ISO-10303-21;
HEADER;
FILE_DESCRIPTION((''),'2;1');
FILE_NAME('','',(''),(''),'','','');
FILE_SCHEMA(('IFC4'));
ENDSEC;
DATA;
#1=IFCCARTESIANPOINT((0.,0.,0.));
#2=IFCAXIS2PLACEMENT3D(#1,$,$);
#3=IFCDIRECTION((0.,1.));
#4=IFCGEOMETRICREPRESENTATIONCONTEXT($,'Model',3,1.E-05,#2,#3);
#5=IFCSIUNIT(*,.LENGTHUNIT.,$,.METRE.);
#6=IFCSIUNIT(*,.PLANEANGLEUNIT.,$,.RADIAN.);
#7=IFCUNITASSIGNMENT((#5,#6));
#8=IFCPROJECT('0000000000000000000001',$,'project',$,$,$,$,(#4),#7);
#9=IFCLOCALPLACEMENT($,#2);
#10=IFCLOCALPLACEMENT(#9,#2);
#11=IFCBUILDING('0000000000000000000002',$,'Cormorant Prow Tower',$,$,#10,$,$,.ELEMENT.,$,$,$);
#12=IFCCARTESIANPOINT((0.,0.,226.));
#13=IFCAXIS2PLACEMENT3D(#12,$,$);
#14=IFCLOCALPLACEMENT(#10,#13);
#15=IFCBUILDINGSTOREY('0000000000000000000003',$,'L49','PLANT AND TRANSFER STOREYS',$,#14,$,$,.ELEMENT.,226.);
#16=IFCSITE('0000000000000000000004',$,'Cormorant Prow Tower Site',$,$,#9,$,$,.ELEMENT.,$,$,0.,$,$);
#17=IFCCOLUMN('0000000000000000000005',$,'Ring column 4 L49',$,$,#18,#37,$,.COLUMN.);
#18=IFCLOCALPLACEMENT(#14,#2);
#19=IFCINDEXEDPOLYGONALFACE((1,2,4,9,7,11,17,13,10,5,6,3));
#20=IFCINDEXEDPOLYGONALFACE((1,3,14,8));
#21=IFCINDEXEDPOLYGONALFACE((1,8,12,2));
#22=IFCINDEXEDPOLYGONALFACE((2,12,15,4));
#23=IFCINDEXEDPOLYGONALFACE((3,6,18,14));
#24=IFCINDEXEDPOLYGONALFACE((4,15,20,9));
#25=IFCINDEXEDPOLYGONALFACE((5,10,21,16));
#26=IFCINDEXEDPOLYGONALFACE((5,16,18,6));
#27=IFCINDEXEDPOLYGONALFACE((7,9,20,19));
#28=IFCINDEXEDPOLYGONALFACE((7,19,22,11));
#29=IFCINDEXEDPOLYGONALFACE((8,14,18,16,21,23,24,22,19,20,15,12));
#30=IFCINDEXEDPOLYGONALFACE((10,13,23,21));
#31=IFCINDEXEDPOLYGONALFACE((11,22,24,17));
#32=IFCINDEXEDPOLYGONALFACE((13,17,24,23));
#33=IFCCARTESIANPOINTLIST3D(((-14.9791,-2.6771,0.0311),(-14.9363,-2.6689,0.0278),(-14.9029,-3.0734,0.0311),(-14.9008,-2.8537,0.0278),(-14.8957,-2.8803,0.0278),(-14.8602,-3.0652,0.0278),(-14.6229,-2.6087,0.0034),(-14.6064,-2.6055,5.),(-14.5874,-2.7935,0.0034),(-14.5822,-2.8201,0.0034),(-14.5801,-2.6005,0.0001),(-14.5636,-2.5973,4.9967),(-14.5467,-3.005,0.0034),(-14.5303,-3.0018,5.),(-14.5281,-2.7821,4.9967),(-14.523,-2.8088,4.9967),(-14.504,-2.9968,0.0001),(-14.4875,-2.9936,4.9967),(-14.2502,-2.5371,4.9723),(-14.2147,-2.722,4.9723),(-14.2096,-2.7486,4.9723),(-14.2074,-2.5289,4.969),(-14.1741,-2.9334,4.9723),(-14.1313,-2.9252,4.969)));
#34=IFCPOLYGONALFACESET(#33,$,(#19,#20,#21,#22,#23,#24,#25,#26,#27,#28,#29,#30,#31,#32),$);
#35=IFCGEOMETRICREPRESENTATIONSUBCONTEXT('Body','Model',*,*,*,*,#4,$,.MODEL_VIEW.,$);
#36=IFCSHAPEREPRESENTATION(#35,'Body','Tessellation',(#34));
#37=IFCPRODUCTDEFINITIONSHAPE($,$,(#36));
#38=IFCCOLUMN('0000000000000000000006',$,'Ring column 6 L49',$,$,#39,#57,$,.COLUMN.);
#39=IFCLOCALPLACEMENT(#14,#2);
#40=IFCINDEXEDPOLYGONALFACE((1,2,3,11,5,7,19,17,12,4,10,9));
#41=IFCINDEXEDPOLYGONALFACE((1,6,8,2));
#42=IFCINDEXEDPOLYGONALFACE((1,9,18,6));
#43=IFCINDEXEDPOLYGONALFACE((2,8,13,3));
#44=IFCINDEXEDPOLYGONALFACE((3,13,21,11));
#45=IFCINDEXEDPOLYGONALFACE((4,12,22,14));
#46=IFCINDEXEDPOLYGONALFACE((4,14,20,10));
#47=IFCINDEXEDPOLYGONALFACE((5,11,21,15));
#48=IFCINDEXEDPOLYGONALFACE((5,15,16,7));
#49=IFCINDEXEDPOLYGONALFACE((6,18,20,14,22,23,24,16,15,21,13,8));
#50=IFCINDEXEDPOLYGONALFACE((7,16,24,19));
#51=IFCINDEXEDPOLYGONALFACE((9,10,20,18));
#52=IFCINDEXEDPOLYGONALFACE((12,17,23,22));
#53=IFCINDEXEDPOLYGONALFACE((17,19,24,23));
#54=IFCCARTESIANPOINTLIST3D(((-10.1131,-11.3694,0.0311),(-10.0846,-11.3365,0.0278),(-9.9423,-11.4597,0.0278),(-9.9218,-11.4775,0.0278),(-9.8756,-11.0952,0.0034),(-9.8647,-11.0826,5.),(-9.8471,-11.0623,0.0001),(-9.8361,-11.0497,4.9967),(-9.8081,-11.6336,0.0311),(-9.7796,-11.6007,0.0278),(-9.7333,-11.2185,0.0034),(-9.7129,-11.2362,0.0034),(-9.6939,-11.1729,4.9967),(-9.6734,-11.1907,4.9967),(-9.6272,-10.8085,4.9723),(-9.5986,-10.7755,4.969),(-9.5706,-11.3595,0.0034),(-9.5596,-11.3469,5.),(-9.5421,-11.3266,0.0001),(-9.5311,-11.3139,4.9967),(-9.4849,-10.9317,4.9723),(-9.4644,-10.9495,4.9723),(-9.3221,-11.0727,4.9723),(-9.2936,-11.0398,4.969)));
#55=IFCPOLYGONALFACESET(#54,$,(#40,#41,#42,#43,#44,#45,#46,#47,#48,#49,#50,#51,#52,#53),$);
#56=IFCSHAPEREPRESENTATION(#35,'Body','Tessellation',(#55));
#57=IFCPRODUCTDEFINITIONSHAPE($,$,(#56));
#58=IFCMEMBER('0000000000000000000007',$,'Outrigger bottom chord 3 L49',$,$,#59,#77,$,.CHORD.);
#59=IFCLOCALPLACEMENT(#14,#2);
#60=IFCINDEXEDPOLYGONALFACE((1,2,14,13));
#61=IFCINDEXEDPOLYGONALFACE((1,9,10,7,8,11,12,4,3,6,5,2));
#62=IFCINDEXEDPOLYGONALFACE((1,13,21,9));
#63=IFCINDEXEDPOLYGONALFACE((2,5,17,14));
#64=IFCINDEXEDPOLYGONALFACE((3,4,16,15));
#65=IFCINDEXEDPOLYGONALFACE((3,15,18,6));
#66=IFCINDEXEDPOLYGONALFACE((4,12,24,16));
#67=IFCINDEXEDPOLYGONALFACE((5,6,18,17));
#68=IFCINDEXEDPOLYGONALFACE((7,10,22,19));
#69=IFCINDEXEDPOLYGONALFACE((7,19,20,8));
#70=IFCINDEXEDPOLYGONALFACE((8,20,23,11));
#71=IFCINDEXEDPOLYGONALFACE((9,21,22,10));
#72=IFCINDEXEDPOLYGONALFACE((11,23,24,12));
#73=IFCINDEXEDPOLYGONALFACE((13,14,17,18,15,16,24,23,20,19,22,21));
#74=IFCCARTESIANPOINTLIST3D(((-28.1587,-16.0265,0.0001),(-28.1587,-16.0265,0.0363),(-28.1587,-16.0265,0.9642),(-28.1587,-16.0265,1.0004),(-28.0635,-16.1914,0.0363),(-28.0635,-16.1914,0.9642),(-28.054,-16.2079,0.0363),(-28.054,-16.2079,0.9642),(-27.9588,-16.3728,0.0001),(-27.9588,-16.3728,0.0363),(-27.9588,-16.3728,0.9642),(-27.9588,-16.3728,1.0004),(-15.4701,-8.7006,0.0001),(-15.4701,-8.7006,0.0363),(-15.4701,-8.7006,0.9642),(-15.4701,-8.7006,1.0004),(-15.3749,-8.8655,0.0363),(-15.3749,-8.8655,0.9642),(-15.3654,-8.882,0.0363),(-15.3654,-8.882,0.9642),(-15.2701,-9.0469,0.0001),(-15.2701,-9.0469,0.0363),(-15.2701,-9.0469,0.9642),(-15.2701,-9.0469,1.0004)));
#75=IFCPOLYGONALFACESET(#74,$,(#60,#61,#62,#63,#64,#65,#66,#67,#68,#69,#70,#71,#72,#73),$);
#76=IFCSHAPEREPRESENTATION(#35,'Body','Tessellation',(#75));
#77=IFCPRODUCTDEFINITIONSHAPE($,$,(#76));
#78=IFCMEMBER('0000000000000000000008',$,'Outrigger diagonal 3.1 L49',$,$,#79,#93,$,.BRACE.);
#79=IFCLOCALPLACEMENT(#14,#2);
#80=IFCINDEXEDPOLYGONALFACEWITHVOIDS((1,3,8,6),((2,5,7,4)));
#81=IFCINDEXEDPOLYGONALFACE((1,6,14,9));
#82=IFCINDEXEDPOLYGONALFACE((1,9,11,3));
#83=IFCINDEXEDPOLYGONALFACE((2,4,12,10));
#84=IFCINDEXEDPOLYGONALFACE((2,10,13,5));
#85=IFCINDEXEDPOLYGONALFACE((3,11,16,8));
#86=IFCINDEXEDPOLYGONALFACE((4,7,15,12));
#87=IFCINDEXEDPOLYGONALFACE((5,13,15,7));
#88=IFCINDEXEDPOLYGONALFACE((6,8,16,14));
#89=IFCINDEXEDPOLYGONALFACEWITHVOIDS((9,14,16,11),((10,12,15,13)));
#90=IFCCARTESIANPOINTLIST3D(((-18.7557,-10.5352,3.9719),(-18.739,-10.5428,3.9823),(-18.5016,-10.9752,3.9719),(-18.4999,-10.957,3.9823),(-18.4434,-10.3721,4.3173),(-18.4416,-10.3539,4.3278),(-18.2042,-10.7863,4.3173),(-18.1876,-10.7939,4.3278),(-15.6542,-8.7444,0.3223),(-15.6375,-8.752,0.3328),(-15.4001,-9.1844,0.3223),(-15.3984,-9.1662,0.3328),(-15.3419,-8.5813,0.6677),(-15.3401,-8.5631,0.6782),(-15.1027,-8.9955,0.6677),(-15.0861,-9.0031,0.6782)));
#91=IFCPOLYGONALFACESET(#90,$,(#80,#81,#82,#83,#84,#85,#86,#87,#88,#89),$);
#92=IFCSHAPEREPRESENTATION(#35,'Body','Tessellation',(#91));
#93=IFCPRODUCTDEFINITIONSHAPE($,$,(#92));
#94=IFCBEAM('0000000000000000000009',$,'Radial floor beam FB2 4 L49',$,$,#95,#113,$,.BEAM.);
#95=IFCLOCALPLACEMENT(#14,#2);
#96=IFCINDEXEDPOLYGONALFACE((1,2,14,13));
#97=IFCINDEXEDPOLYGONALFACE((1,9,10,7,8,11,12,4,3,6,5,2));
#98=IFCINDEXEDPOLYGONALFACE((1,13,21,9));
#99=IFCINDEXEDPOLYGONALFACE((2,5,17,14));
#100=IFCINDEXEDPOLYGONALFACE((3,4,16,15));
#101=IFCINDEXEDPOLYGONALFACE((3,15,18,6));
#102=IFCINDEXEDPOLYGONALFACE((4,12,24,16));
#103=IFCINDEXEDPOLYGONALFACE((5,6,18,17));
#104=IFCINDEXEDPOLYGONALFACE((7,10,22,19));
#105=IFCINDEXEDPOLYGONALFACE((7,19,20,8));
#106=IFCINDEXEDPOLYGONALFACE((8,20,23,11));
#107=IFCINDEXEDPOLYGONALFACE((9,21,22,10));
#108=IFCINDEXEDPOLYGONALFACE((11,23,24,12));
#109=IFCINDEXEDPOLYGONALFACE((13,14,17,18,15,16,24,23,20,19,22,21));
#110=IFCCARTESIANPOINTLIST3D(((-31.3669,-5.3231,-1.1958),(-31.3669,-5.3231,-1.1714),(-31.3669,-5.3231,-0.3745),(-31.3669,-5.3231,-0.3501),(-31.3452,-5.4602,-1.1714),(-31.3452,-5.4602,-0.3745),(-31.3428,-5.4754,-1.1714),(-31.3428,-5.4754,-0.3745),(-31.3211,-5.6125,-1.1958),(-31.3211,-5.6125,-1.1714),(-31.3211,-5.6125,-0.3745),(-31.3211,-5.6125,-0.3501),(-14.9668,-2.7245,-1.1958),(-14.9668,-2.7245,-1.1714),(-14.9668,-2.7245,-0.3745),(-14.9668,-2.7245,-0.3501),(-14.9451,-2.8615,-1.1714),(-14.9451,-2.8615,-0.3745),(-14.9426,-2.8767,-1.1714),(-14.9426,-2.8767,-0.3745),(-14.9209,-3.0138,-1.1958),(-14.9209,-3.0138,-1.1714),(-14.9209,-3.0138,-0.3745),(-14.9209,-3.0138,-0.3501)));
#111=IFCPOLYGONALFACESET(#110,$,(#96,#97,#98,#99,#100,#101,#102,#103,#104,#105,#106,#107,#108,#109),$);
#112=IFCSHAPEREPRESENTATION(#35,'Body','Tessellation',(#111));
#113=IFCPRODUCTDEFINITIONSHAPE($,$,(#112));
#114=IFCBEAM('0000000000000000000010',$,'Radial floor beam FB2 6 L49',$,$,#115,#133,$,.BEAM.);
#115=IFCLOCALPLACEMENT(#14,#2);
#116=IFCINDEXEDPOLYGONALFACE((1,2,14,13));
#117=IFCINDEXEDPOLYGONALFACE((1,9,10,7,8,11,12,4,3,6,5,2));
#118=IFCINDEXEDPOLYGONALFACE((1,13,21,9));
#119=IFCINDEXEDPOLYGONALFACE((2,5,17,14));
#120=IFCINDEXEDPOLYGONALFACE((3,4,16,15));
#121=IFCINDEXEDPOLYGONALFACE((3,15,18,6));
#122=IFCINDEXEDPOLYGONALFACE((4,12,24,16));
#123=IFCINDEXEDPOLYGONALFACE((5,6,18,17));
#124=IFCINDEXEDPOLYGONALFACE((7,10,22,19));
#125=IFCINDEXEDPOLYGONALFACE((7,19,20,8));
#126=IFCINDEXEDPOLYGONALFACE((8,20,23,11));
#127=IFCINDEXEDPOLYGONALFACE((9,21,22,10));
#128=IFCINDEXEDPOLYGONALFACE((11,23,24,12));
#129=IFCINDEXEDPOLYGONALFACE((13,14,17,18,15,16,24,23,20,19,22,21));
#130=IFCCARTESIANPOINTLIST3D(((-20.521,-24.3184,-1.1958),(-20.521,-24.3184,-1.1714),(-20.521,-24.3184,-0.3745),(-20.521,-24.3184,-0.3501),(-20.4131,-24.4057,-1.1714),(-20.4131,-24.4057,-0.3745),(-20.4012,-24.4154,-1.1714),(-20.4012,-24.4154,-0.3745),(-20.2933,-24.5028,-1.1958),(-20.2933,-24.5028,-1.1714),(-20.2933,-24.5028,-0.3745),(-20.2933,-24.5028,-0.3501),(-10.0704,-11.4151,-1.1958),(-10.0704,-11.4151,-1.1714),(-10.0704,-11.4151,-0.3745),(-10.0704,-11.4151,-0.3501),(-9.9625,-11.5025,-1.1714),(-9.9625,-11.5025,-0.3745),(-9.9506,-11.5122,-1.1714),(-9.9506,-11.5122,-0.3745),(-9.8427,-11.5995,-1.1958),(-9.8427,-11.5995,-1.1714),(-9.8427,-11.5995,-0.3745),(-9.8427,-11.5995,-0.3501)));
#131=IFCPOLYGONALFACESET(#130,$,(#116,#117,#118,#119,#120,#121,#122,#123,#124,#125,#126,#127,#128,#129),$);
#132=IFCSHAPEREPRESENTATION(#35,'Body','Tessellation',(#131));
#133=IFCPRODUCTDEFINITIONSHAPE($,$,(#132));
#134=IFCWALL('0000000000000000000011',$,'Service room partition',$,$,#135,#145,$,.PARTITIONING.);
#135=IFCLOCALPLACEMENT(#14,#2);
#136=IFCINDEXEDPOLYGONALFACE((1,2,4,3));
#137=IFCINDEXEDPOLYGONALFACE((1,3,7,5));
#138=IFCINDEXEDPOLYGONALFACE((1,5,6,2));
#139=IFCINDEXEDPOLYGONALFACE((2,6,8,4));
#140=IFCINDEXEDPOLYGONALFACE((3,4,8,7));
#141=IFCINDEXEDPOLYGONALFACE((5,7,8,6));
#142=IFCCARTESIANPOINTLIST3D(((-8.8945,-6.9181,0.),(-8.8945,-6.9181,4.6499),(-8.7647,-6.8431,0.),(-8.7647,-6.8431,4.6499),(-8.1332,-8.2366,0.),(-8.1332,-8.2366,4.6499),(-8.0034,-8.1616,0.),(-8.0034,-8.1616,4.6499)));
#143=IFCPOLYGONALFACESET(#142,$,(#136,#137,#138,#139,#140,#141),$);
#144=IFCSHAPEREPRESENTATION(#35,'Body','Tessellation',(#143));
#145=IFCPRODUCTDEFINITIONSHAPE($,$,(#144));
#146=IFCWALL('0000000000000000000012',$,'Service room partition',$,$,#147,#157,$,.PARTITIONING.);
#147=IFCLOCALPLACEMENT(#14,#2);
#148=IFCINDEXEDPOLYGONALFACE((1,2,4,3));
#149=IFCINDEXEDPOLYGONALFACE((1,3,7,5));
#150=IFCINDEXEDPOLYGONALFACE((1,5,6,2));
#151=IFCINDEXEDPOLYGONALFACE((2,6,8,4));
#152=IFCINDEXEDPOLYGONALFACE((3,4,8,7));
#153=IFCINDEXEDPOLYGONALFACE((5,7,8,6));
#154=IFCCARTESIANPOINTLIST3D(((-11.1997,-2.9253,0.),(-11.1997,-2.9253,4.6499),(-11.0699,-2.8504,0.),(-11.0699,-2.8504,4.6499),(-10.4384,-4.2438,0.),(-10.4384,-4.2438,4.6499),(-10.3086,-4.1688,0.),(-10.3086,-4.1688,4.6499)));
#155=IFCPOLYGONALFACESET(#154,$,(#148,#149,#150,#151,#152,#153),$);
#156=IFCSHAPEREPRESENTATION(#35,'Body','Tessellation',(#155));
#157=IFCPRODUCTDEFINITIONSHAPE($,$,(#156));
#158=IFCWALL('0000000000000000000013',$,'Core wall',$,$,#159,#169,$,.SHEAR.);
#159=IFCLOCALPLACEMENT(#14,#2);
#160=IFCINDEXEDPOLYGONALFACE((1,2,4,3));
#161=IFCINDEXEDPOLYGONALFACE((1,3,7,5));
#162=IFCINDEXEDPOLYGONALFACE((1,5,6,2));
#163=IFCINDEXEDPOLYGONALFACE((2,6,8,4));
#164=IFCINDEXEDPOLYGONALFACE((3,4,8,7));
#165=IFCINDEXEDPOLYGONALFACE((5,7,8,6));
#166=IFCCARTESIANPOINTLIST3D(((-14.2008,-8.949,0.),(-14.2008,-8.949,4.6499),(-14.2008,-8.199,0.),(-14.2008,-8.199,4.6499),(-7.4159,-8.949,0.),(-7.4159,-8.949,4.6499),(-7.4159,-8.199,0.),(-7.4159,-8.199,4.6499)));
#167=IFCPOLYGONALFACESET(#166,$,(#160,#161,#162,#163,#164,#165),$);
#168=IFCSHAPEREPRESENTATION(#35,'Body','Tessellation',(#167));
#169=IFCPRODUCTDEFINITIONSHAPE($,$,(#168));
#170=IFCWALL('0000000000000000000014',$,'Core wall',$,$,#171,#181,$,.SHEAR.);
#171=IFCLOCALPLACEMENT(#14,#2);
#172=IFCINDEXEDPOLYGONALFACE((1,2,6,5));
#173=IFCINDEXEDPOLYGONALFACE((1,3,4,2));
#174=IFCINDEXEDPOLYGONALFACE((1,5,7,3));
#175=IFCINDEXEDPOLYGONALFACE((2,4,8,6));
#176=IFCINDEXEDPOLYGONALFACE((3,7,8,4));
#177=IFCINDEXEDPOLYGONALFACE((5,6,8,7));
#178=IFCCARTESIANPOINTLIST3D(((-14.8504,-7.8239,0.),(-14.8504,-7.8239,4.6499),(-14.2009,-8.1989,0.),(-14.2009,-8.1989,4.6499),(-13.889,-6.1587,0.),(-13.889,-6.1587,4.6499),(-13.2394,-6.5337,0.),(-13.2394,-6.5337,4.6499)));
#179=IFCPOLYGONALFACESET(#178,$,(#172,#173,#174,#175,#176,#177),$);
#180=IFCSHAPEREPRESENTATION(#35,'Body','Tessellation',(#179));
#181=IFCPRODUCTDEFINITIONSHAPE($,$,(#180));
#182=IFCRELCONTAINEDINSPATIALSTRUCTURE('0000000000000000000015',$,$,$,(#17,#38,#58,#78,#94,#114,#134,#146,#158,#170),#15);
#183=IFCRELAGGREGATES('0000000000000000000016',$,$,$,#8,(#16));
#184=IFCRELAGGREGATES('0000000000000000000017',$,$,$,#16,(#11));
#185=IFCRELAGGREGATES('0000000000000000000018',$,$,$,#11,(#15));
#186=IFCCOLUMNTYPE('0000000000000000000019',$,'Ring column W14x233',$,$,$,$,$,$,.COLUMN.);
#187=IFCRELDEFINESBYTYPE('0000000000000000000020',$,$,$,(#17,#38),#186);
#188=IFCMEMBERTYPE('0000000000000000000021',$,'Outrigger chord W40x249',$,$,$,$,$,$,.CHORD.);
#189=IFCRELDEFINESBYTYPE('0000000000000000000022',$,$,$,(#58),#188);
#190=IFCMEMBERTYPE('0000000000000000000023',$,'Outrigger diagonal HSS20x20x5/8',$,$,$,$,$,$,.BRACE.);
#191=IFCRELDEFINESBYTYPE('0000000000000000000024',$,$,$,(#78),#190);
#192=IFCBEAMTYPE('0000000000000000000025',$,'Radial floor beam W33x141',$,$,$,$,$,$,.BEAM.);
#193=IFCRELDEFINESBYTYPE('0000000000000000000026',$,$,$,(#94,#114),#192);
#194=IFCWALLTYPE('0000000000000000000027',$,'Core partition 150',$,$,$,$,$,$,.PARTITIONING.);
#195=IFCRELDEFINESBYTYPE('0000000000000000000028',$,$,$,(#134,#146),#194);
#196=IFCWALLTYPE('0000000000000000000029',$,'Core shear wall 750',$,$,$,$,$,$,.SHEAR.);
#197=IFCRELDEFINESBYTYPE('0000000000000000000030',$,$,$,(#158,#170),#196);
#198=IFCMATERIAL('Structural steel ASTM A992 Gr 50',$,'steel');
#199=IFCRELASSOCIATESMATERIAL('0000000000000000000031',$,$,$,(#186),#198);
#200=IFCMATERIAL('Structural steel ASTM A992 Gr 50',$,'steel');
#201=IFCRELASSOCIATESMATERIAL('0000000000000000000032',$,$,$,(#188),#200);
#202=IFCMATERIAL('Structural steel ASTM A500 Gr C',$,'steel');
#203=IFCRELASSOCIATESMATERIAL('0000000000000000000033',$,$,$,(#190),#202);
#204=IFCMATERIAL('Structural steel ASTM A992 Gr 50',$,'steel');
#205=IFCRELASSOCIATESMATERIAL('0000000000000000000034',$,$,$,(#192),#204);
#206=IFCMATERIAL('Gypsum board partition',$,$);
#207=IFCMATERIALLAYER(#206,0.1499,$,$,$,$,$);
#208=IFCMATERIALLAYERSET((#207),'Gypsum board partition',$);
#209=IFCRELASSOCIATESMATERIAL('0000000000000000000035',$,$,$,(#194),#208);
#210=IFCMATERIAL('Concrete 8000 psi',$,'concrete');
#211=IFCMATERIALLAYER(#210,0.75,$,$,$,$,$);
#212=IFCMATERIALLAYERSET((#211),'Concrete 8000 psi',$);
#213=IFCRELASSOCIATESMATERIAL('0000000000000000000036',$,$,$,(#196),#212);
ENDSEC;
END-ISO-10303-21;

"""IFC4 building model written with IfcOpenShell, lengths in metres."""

from ifc_helpers import new_model, si_unit, direction, frame, frame_2d, origin, origin_2d, place, context, subcontext, project, spatial, rectangle, hollow_rectangle, i_section, extrude, material, layer, layer_set, material_profile, profile_set, type_object, element, save


model = new_model("IFC4")

# Units and contexts
model_context = context("Model", 3, precision=1e-05, world=origin(), true_north=direction((0.0, 1.0)))
body_context = subcontext(model_context, "Body", "Model", "MODEL_VIEW")
ifc_project = project(units=[si_unit("LENGTHUNIT", "METRE"), si_unit("PLANEANGLEUNIT", "RADIAN")], contexts=[model_context])

# Site, building, storey
site_placement = place(None, origin())
site = spatial("IfcSite", under=ifc_project, at=site_placement, Name="Cormorant Prow Tower Site", CompositionType="ELEMENT", RefElevation=0.0)
building_placement = place(site_placement, origin())
building = spatial("IfcBuilding", under=site, at=building_placement, Name="Cormorant Prow Tower", CompositionType="ELEMENT")
storey_placement = place(building_placement, frame((0.0, 0.0, 226.0)))
storey = spatial("IfcBuildingStorey", under=building, at=storey_placement, Name="L49", Description="PLANT AND TRANSFER STOREYS", CompositionType="ELEMENT", Elevation=226.0)

# Columns
ifc_material_1 = material(Name="Structural steel ASTM A992 Gr 50", Category="steel")
ifc_material_profile_1 = material_profile(ifc_material_1, i_section(OverallWidth=0.4036, OverallDepth=0.4075, WebThickness=0.0271, FlangeThickness=0.0437, at=origin_2d()), Name="W14x233")
ifc_profile_set_1 = profile_set([ifc_material_profile_1], Name="Structural steel ASTM A992 Gr 50")
column_type = type_object("IfcColumnType", Name="Ring column W14x233", PredefinedType="COLUMN", material=ifc_profile_set_1)
for number, where, z_axis, x_axis, name in (
    (1, (-14.7427, -2.8372, 0.0), (0.074782, 0.014362, 0.997096), (-0.18861, 0.982052, 0.0), "Ring column 4 L49"),
    (2, (-9.8284, -11.3489, 0.0), (0.049855, 0.057547, 0.997097), (-0.755816, 0.654784, 0.0), "Ring column 6 L49"),
):
    element("IfcColumn", number, at=place(storey_placement, frame(where, z_axis=z_axis, x_axis=x_axis)), inside=storey, type_object=column_type, Name=name, PredefinedType="COLUMN", context=body_context, shape_type="SweptSolid", body=[
        extrude(i_section(OverallWidth=0.4036, OverallDepth=0.4075, WebThickness=0.0271, FlangeThickness=0.0437, at=origin_2d()), frame((0.0, 0.0, 0.0156)), (0.0, 0.0, 1.0), 4.9834),
    ])

# Members
ifc_material_2 = material(Name="Structural steel ASTM A992 Gr 50", Category="steel")
ifc_material_profile_2 = material_profile(ifc_material_2, i_section(OverallWidth=0.3999, OverallDepth=1.0002, WebThickness=0.019, FlangeThickness=0.0361, at=origin_2d()), Name="W40x249")
ifc_profile_set_2 = profile_set([ifc_material_profile_2], Name="Structural steel ASTM A992 Gr 50")
member_type_1 = type_object("IfcMemberType", Name="Outrigger chord W40x249", PredefinedType="CHORD", material=ifc_profile_set_2)
member_1_placement = place(storey_placement, frame((-15.3701, -8.8738, 0.5002), z_axis=(-0.866023, -0.500005, 0.0), x_axis=(0.500005, -0.866023, 0.0)))
element("IfcMember", 3, at=member_1_placement, inside=storey, type_object=member_type_1, Name="Outrigger bottom chord 3 L49", PredefinedType="CHORD", context=body_context, shape_type="SweptSolid", body=[
    extrude(i_section(OverallWidth=0.3999, OverallDepth=1.0002, WebThickness=0.019, FlangeThickness=0.0361, at=origin_2d()), origin(), (0.0, 0.0, 1.0), 14.6516),
])
ifc_material_3 = material(Name="Structural steel ASTM A500 Gr C", Category="steel")
ifc_material_profile_3 = material_profile(ifc_material_3, hollow_rectangle(XDim=0.5081, YDim=0.5081, WallThickness=0.0149, at=origin_2d()), Name="HSS20x20x5/8")
ifc_profile_set_3 = profile_set([ifc_material_profile_3], Name="Structural steel ASTM A500 Gr C")
member_type_2 = type_object("IfcMemberType", Name="Outrigger diagonal HSS20x20x5/8", PredefinedType="BRACE", material=ifc_profile_set_3)
member_2_placement = place(storey_placement, frame((-15.3701, -8.8738, 0.5002), z_axis=(-0.606559, -0.350214, 0.713748), x_axis=(0.500017, -0.866015, 0.0)))
element("IfcMember", 4, at=member_2_placement, inside=storey, type_object=member_type_2, Name="Outrigger diagonal 3.1 L49", PredefinedType="BRACE", context=body_context, shape_type="SweptSolid", body=[
    extrude(hollow_rectangle(XDim=0.5081, YDim=0.5081, WallThickness=0.0149, at=origin_2d()), origin(), (0.0, 0.0, 1.0), 5.1133),
])

# Beams
ifc_material_4 = material(Name="Structural steel ASTM A992 Gr 50", Category="steel")
ifc_material_profile_4 = material_profile(ifc_material_4, i_section(OverallWidth=0.293, OverallDepth=0.8457, WebThickness=0.0154, FlangeThickness=0.0244, at=origin_2d()), Name="W33x141")
ifc_profile_set_4 = profile_set([ifc_material_profile_4], Name="Structural steel ASTM A992 Gr 50")
beam_type = type_object("IfcBeamType", Name="Radial floor beam W33x141", PredefinedType="BEAM", material=ifc_profile_set_4)
beam_1_placement = place(storey_placement, frame((-14.9438, -2.8691, -0.7729), z_axis=(-0.987678, -0.156499, 0.0), x_axis=(0.156499, -0.987678, 0.0)))
element("IfcBeam", 5, at=beam_1_placement, inside=storey, type_object=beam_type, Name="Radial floor beam FB2 4 L49", PredefinedType="BEAM", context=body_context, shape_type="SweptSolid", body=[
    extrude(i_section(OverallWidth=0.293, OverallDepth=0.8457, WebThickness=0.0154, FlangeThickness=0.0244, at=origin_2d()), origin(), (0.0, 0.0, 1.0), 16.6047),
])
beam_2_placement = place(storey_placement, frame((-9.9565, -11.5073, -0.7729), z_axis=(-0.629385, -0.777094, 0.0), x_axis=(0.777094, -0.629385, 0.0)))
element("IfcBeam", 6, at=beam_2_placement, inside=storey, type_object=beam_type, Name="Radial floor beam FB2 6 L49", PredefinedType="BEAM", context=body_context, shape_type="SweptSolid", body=[
    extrude(i_section(OverallWidth=0.293, OverallDepth=0.8457, WebThickness=0.0154, FlangeThickness=0.0244, at=origin_2d()), origin(), (0.0, 0.0, 1.0), 16.6045),
])

# Walls
ifc_material_5 = material(Name="Gypsum board partition")
ifc_layer_1 = layer(ifc_material_5, 0.1499)
ifc_layer_set_1 = layer_set([ifc_layer_1], Name="Gypsum board partition")
wall_type_1 = type_object("IfcWallType", Name="Core partition 150", PredefinedType="PARTITIONING", material=ifc_layer_set_1)
for number, where, z_axis, x_axis, name in (
    (7, (-8.8296, -6.8806, 0.0), (0.0, 0.0, 1.0), (0.500037, -0.866004, 0.0), "Service room partition"),
    (8, (-10.3735, -4.2063, 0.0), (0.0, 0.0, 1.0), (-0.500037, 0.866004, 0.0), "Service room partition"),
):
    element("IfcWall", number, at=place(storey_placement, frame(where, z_axis=z_axis, x_axis=x_axis)), inside=storey, type_object=wall_type_1, Name=name, PredefinedType="PARTITIONING", context=body_context, shape_type="SweptSolid", body=[
        extrude(rectangle(XDim=1.5225, YDim=0.1499, at=frame_2d((0.7612, 0.0))), origin(), (0.0, 0.0, 1.0), 4.6499),
    ])
ifc_material_6 = material(Name="Concrete 8000 psi", Category="concrete")
ifc_layer_2 = layer(ifc_material_6, 0.75)
ifc_layer_set_2 = layer_set([ifc_layer_2], Name="Concrete 8000 psi")
wall_type_2 = type_object("IfcWallType", Name="Core shear wall 750", PredefinedType="SHEAR", material=ifc_layer_set_2)
wall_1_placement = place(storey_placement, frame((-14.2009, -8.574, 0.0), z_axis=(0.0, 0.0, 1.0), x_axis=(1.0, 0.0, 0.0)))
element("IfcWall", 9, at=wall_1_placement, inside=storey, type_object=wall_type_2, Name="Core wall", PredefinedType="SHEAR", context=body_context, shape_type="SweptSolid", body=[
    extrude(rectangle(XDim=6.7849, YDim=0.75, at=frame_2d((3.3926, 0.0))), origin(), (0.0, 0.0, 1.0), 4.6499),
])
wall_2_placement = place(storey_placement, frame((-13.5642, -6.3462, 0.0), z_axis=(0.0, 0.0, 1.0), x_axis=(-0.49999, -0.866031, 0.0)))
element("IfcWall", 10, at=wall_2_placement, inside=storey, type_object=wall_type_2, Name="Core wall", PredefinedType="SHEAR", context=body_context, shape_type="SweptSolid", body=[
    extrude(rectangle(XDim=1.9229, YDim=0.75, at=frame_2d((0.9614, 0.0))), origin(), (0.0, 0.0, 1.0), 4.6499),
])

save(model, "model.ifc")
